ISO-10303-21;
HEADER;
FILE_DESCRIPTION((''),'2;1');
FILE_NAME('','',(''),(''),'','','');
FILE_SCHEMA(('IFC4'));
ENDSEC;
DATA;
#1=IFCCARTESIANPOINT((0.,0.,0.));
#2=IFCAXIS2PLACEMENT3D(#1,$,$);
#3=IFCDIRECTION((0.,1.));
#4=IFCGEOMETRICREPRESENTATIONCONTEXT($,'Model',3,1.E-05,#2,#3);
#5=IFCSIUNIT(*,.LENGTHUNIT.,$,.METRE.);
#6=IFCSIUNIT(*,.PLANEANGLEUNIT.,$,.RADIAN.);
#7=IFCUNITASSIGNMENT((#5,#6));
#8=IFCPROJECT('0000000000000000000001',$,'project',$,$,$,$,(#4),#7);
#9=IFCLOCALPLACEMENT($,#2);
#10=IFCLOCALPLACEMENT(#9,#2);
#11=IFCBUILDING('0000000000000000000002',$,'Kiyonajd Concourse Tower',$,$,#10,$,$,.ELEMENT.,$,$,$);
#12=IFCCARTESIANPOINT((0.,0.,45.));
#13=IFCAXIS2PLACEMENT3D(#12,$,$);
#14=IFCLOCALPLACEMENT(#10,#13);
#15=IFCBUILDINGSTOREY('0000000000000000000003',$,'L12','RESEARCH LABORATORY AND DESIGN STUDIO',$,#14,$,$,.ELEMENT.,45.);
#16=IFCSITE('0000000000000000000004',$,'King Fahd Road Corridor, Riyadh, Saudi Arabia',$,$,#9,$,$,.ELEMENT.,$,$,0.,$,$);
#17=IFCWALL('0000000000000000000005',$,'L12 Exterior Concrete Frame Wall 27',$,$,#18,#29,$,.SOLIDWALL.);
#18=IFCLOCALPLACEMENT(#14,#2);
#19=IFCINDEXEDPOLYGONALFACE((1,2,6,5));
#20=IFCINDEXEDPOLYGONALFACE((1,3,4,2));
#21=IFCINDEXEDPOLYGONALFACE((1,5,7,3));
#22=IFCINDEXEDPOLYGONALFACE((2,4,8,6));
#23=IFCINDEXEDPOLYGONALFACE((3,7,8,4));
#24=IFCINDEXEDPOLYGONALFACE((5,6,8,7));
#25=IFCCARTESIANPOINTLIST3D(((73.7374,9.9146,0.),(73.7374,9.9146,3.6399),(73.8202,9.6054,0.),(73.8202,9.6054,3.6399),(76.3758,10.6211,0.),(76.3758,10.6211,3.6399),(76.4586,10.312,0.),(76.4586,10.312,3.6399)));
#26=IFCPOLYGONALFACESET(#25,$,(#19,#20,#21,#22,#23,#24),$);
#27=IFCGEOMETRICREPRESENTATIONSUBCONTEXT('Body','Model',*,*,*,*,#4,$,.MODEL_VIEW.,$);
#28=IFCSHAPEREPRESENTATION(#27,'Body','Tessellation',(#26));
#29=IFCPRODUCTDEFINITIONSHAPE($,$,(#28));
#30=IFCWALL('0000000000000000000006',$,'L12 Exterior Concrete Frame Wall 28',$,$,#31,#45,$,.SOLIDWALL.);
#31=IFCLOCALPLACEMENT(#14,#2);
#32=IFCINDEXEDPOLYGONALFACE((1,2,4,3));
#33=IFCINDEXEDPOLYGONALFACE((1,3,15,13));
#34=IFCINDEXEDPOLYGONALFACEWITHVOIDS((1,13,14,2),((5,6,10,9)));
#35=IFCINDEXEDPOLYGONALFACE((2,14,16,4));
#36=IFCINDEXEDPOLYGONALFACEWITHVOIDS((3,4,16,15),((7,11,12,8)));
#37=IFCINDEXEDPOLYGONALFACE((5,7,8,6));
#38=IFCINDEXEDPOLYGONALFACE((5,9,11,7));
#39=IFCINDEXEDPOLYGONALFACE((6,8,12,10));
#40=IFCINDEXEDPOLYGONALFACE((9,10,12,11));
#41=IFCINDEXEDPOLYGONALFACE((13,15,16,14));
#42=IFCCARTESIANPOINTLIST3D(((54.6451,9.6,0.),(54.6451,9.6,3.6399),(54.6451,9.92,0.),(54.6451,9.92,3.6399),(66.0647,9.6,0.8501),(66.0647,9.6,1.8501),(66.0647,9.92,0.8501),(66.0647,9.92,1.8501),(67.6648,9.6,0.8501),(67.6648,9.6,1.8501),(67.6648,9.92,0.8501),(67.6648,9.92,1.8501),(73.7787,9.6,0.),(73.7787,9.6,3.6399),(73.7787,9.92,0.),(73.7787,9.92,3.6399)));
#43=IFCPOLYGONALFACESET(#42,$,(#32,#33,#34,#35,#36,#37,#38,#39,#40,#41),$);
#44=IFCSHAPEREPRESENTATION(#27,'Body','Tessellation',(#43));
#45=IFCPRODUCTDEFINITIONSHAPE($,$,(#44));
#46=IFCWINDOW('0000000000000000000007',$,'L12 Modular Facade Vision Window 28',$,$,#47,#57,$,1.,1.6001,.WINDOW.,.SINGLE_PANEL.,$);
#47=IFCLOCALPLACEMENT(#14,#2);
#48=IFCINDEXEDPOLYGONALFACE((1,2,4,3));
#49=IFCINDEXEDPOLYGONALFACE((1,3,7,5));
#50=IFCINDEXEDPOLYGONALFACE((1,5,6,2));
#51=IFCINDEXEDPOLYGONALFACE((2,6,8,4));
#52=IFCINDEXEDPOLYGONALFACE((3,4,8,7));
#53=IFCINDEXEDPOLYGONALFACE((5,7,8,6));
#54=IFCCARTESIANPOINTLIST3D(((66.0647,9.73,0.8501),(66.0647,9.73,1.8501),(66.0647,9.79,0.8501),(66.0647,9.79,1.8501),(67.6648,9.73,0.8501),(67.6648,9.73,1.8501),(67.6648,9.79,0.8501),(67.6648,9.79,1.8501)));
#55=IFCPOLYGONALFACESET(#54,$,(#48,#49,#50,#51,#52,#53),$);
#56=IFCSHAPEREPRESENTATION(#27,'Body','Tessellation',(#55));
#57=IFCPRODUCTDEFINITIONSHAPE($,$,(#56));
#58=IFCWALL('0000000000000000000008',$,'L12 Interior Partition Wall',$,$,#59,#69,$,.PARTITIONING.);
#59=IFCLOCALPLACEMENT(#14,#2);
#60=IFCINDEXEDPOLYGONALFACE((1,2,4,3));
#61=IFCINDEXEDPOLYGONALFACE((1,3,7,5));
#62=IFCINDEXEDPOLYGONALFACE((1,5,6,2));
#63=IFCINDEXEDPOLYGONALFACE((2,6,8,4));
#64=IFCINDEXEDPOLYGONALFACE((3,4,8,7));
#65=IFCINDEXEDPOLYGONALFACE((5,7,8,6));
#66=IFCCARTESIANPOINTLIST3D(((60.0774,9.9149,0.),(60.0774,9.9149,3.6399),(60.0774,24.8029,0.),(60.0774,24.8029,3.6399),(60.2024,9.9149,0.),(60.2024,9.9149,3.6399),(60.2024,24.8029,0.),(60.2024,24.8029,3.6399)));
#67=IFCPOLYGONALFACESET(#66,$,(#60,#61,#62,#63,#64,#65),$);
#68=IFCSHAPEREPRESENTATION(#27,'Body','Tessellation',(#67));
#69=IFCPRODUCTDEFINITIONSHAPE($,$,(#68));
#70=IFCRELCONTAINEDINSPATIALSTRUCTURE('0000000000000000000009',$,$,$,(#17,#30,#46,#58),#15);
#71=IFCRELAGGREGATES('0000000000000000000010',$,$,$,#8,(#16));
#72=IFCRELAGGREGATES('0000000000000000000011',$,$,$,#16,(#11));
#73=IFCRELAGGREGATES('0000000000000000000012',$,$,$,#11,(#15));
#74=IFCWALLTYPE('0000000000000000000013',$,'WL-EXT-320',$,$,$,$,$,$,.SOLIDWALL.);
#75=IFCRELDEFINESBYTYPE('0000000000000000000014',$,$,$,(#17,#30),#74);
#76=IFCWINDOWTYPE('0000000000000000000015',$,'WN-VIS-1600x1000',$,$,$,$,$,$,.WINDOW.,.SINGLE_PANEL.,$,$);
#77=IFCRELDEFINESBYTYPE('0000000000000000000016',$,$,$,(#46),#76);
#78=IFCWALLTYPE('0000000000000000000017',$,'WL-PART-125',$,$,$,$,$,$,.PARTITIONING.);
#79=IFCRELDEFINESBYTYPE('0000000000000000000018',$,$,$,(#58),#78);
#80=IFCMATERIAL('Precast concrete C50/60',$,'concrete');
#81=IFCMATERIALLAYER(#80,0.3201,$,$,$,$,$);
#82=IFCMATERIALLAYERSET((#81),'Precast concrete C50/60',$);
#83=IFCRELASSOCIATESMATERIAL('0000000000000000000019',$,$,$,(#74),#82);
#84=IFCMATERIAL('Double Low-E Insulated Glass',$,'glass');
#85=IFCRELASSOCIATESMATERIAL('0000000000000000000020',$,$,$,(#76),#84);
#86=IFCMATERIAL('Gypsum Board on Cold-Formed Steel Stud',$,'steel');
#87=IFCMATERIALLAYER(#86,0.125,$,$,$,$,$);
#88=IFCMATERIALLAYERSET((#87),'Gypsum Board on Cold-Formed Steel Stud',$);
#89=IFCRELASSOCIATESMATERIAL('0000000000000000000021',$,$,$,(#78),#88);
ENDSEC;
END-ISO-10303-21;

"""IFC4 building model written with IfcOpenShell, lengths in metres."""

from ifc_helpers import new_model, si_unit, direction, frame, frame_2d, origin, place, context, subcontext, project, spatial, rectangle, extrude, material, layer, layer_set, type_object, element, fill, save


model = new_model("IFC4")

# Units and contexts
model_context = context("Model", 3, precision=1e-05, world=origin(), true_north=direction((0.0, 1.0)))
body_context = subcontext(model_context, "Body", "Model", "MODEL_VIEW")
ifc_project = project(units=[si_unit("LENGTHUNIT", "METRE"), si_unit("PLANEANGLEUNIT", "RADIAN")], contexts=[model_context])

# Site, building, storey
site_placement = place(None, origin())
site = spatial("IfcSite", under=ifc_project, at=site_placement, Name="King Fahd Road Corridor, Riyadh, Saudi Arabia", CompositionType="ELEMENT", RefElevation=0.0)
building_placement = place(site_placement, origin())
building = spatial("IfcBuilding", under=site, at=building_placement, Name="Kiyonajd Concourse Tower", CompositionType="ELEMENT")
storey_placement = place(building_placement, frame((0.0, 0.0, 45.0)))
storey = spatial("IfcBuildingStorey", under=building, at=storey_placement, Name="L12", Description="RESEARCH LABORATORY AND DESIGN STUDIO", CompositionType="ELEMENT", Elevation=45.0)

# Shared definitions
ifc_material_1 = material(Name="Precast concrete C50/60", Category="concrete")

# Shared definitions
ifc_material_2 = material(Name="Double Low-E Insulated Glass", Category="glass")

# Wall
ifc_layer_1 = layer(ifc_material_1, 0.3201)
ifc_layer_set_1 = layer_set([ifc_layer_1], Name="Precast concrete C50/60")
wall_type_1 = type_object("IfcWallType", Name="WL-EXT-320", PredefinedType="SOLIDWALL", material=ifc_layer_set_1)
wall_1_placement = place(storey_placement, frame((76.4172, 10.4666, 0.0), z_axis=(0.0, 0.0, 1.0), x_axis=(-0.965964, -0.258675, 0.0)))
element("IfcWall", 1, at=wall_1_placement, inside=storey, type_object=wall_type_1, Name="L12 Exterior Concrete Frame Wall 27", PredefinedType="SOLIDWALL", context=body_context, shape_type="SweptSolid", body=[
    extrude(rectangle(XDim=2.7314, YDim=0.3201, at=frame_2d((1.3657, 0.0))), origin(), (0.0, 0.0, 1.0), 3.6399),
])

# Wall, opening, window
wall_2_placement = place(storey_placement, frame((73.7788, 9.76, 0.0), z_axis=(0.0, 0.0, 1.0), x_axis=(-1.0, 0.0, 0.0)))
wall_2 = element("IfcWall", 2, at=wall_2_placement, inside=storey, type_object=wall_type_1, Name="L12 Exterior Concrete Frame Wall 28", PredefinedType="SOLIDWALL", context=body_context, shape_type="SweptSolid", body=[
    extrude(rectangle(XDim=19.1335, YDim=0.3201, at=frame_2d((9.5669, 0.0))), origin(), (0.0, 0.0, 1.0), 3.6399),
])
opening_placement = place(wall_2_placement, frame((6.114, 0.0, 0.8501)))
opening = element("IfcOpeningElement", 3, at=opening_placement, cuts=wall_2, PredefinedType="OPENING", context=body_context, shape_type="SweptSolid", body=[
    extrude(rectangle(XDim=1.6001, YDim=1.0, at=frame_2d((0.8, 0.5))), frame((0.0, 0.1699, 0.0), z_axis=(0.0, -1.0, 0.0), x_axis=(1.0, 0.0, 0.0)), (0.0, 0.0, 1.0), 0.3401),
])
window_type = type_object("IfcWindowType", Name="WN-VIS-1600x1000", PartitioningType="SINGLE_PANEL", PredefinedType="WINDOW", material=ifc_material_2)
window_placement = place(opening_placement, origin())
window = element("IfcWindow", 4, at=window_placement, inside=storey, type_object=window_type, Name="L12 Modular Facade Vision Window 28", OverallHeight=1.0, OverallWidth=1.6001, PartitioningType="SINGLE_PANEL", PredefinedType="WINDOW", context=body_context, shape_type="SweptSolid", body=[
    extrude(rectangle(XDim=1.6001, YDim=1.0, at=frame_2d((0.8, 0.5))), frame((0.0, 0.03, 0.0), z_axis=(0.0, -1.0, 0.0), x_axis=(1.0, 0.0, 0.0)), (0.0, 0.0, 1.0), 0.0601),
])
fill(opening, window)

# Wall
ifc_material_3 = material(Name="Gypsum Board on Cold-Formed Steel Stud", Category="steel")
ifc_layer_2 = layer(ifc_material_3, 0.125)
ifc_layer_set_2 = layer_set([ifc_layer_2], Name="Gypsum Board on Cold-Formed Steel Stud")
wall_type_2 = type_object("IfcWallType", Name="WL-PART-125", PredefinedType="PARTITIONING", material=ifc_layer_set_2)
wall_3_placement = place(storey_placement, frame((60.1399, 9.915, 0.0), z_axis=(0.0, 0.0, 1.0), x_axis=(0.0, 1.0, 0.0)))
element("IfcWall", 5, at=wall_3_placement, inside=storey, type_object=wall_type_2, Name="L12 Interior Partition Wall", PredefinedType="PARTITIONING", context=body_context, shape_type="SweptSolid", body=[
    extrude(rectangle(XDim=14.8879, YDim=0.125, at=frame_2d((7.4438, 0.0))), origin(), (0.0, 0.0, 1.0), 3.6399),
])

save(model, "model.ifc")
